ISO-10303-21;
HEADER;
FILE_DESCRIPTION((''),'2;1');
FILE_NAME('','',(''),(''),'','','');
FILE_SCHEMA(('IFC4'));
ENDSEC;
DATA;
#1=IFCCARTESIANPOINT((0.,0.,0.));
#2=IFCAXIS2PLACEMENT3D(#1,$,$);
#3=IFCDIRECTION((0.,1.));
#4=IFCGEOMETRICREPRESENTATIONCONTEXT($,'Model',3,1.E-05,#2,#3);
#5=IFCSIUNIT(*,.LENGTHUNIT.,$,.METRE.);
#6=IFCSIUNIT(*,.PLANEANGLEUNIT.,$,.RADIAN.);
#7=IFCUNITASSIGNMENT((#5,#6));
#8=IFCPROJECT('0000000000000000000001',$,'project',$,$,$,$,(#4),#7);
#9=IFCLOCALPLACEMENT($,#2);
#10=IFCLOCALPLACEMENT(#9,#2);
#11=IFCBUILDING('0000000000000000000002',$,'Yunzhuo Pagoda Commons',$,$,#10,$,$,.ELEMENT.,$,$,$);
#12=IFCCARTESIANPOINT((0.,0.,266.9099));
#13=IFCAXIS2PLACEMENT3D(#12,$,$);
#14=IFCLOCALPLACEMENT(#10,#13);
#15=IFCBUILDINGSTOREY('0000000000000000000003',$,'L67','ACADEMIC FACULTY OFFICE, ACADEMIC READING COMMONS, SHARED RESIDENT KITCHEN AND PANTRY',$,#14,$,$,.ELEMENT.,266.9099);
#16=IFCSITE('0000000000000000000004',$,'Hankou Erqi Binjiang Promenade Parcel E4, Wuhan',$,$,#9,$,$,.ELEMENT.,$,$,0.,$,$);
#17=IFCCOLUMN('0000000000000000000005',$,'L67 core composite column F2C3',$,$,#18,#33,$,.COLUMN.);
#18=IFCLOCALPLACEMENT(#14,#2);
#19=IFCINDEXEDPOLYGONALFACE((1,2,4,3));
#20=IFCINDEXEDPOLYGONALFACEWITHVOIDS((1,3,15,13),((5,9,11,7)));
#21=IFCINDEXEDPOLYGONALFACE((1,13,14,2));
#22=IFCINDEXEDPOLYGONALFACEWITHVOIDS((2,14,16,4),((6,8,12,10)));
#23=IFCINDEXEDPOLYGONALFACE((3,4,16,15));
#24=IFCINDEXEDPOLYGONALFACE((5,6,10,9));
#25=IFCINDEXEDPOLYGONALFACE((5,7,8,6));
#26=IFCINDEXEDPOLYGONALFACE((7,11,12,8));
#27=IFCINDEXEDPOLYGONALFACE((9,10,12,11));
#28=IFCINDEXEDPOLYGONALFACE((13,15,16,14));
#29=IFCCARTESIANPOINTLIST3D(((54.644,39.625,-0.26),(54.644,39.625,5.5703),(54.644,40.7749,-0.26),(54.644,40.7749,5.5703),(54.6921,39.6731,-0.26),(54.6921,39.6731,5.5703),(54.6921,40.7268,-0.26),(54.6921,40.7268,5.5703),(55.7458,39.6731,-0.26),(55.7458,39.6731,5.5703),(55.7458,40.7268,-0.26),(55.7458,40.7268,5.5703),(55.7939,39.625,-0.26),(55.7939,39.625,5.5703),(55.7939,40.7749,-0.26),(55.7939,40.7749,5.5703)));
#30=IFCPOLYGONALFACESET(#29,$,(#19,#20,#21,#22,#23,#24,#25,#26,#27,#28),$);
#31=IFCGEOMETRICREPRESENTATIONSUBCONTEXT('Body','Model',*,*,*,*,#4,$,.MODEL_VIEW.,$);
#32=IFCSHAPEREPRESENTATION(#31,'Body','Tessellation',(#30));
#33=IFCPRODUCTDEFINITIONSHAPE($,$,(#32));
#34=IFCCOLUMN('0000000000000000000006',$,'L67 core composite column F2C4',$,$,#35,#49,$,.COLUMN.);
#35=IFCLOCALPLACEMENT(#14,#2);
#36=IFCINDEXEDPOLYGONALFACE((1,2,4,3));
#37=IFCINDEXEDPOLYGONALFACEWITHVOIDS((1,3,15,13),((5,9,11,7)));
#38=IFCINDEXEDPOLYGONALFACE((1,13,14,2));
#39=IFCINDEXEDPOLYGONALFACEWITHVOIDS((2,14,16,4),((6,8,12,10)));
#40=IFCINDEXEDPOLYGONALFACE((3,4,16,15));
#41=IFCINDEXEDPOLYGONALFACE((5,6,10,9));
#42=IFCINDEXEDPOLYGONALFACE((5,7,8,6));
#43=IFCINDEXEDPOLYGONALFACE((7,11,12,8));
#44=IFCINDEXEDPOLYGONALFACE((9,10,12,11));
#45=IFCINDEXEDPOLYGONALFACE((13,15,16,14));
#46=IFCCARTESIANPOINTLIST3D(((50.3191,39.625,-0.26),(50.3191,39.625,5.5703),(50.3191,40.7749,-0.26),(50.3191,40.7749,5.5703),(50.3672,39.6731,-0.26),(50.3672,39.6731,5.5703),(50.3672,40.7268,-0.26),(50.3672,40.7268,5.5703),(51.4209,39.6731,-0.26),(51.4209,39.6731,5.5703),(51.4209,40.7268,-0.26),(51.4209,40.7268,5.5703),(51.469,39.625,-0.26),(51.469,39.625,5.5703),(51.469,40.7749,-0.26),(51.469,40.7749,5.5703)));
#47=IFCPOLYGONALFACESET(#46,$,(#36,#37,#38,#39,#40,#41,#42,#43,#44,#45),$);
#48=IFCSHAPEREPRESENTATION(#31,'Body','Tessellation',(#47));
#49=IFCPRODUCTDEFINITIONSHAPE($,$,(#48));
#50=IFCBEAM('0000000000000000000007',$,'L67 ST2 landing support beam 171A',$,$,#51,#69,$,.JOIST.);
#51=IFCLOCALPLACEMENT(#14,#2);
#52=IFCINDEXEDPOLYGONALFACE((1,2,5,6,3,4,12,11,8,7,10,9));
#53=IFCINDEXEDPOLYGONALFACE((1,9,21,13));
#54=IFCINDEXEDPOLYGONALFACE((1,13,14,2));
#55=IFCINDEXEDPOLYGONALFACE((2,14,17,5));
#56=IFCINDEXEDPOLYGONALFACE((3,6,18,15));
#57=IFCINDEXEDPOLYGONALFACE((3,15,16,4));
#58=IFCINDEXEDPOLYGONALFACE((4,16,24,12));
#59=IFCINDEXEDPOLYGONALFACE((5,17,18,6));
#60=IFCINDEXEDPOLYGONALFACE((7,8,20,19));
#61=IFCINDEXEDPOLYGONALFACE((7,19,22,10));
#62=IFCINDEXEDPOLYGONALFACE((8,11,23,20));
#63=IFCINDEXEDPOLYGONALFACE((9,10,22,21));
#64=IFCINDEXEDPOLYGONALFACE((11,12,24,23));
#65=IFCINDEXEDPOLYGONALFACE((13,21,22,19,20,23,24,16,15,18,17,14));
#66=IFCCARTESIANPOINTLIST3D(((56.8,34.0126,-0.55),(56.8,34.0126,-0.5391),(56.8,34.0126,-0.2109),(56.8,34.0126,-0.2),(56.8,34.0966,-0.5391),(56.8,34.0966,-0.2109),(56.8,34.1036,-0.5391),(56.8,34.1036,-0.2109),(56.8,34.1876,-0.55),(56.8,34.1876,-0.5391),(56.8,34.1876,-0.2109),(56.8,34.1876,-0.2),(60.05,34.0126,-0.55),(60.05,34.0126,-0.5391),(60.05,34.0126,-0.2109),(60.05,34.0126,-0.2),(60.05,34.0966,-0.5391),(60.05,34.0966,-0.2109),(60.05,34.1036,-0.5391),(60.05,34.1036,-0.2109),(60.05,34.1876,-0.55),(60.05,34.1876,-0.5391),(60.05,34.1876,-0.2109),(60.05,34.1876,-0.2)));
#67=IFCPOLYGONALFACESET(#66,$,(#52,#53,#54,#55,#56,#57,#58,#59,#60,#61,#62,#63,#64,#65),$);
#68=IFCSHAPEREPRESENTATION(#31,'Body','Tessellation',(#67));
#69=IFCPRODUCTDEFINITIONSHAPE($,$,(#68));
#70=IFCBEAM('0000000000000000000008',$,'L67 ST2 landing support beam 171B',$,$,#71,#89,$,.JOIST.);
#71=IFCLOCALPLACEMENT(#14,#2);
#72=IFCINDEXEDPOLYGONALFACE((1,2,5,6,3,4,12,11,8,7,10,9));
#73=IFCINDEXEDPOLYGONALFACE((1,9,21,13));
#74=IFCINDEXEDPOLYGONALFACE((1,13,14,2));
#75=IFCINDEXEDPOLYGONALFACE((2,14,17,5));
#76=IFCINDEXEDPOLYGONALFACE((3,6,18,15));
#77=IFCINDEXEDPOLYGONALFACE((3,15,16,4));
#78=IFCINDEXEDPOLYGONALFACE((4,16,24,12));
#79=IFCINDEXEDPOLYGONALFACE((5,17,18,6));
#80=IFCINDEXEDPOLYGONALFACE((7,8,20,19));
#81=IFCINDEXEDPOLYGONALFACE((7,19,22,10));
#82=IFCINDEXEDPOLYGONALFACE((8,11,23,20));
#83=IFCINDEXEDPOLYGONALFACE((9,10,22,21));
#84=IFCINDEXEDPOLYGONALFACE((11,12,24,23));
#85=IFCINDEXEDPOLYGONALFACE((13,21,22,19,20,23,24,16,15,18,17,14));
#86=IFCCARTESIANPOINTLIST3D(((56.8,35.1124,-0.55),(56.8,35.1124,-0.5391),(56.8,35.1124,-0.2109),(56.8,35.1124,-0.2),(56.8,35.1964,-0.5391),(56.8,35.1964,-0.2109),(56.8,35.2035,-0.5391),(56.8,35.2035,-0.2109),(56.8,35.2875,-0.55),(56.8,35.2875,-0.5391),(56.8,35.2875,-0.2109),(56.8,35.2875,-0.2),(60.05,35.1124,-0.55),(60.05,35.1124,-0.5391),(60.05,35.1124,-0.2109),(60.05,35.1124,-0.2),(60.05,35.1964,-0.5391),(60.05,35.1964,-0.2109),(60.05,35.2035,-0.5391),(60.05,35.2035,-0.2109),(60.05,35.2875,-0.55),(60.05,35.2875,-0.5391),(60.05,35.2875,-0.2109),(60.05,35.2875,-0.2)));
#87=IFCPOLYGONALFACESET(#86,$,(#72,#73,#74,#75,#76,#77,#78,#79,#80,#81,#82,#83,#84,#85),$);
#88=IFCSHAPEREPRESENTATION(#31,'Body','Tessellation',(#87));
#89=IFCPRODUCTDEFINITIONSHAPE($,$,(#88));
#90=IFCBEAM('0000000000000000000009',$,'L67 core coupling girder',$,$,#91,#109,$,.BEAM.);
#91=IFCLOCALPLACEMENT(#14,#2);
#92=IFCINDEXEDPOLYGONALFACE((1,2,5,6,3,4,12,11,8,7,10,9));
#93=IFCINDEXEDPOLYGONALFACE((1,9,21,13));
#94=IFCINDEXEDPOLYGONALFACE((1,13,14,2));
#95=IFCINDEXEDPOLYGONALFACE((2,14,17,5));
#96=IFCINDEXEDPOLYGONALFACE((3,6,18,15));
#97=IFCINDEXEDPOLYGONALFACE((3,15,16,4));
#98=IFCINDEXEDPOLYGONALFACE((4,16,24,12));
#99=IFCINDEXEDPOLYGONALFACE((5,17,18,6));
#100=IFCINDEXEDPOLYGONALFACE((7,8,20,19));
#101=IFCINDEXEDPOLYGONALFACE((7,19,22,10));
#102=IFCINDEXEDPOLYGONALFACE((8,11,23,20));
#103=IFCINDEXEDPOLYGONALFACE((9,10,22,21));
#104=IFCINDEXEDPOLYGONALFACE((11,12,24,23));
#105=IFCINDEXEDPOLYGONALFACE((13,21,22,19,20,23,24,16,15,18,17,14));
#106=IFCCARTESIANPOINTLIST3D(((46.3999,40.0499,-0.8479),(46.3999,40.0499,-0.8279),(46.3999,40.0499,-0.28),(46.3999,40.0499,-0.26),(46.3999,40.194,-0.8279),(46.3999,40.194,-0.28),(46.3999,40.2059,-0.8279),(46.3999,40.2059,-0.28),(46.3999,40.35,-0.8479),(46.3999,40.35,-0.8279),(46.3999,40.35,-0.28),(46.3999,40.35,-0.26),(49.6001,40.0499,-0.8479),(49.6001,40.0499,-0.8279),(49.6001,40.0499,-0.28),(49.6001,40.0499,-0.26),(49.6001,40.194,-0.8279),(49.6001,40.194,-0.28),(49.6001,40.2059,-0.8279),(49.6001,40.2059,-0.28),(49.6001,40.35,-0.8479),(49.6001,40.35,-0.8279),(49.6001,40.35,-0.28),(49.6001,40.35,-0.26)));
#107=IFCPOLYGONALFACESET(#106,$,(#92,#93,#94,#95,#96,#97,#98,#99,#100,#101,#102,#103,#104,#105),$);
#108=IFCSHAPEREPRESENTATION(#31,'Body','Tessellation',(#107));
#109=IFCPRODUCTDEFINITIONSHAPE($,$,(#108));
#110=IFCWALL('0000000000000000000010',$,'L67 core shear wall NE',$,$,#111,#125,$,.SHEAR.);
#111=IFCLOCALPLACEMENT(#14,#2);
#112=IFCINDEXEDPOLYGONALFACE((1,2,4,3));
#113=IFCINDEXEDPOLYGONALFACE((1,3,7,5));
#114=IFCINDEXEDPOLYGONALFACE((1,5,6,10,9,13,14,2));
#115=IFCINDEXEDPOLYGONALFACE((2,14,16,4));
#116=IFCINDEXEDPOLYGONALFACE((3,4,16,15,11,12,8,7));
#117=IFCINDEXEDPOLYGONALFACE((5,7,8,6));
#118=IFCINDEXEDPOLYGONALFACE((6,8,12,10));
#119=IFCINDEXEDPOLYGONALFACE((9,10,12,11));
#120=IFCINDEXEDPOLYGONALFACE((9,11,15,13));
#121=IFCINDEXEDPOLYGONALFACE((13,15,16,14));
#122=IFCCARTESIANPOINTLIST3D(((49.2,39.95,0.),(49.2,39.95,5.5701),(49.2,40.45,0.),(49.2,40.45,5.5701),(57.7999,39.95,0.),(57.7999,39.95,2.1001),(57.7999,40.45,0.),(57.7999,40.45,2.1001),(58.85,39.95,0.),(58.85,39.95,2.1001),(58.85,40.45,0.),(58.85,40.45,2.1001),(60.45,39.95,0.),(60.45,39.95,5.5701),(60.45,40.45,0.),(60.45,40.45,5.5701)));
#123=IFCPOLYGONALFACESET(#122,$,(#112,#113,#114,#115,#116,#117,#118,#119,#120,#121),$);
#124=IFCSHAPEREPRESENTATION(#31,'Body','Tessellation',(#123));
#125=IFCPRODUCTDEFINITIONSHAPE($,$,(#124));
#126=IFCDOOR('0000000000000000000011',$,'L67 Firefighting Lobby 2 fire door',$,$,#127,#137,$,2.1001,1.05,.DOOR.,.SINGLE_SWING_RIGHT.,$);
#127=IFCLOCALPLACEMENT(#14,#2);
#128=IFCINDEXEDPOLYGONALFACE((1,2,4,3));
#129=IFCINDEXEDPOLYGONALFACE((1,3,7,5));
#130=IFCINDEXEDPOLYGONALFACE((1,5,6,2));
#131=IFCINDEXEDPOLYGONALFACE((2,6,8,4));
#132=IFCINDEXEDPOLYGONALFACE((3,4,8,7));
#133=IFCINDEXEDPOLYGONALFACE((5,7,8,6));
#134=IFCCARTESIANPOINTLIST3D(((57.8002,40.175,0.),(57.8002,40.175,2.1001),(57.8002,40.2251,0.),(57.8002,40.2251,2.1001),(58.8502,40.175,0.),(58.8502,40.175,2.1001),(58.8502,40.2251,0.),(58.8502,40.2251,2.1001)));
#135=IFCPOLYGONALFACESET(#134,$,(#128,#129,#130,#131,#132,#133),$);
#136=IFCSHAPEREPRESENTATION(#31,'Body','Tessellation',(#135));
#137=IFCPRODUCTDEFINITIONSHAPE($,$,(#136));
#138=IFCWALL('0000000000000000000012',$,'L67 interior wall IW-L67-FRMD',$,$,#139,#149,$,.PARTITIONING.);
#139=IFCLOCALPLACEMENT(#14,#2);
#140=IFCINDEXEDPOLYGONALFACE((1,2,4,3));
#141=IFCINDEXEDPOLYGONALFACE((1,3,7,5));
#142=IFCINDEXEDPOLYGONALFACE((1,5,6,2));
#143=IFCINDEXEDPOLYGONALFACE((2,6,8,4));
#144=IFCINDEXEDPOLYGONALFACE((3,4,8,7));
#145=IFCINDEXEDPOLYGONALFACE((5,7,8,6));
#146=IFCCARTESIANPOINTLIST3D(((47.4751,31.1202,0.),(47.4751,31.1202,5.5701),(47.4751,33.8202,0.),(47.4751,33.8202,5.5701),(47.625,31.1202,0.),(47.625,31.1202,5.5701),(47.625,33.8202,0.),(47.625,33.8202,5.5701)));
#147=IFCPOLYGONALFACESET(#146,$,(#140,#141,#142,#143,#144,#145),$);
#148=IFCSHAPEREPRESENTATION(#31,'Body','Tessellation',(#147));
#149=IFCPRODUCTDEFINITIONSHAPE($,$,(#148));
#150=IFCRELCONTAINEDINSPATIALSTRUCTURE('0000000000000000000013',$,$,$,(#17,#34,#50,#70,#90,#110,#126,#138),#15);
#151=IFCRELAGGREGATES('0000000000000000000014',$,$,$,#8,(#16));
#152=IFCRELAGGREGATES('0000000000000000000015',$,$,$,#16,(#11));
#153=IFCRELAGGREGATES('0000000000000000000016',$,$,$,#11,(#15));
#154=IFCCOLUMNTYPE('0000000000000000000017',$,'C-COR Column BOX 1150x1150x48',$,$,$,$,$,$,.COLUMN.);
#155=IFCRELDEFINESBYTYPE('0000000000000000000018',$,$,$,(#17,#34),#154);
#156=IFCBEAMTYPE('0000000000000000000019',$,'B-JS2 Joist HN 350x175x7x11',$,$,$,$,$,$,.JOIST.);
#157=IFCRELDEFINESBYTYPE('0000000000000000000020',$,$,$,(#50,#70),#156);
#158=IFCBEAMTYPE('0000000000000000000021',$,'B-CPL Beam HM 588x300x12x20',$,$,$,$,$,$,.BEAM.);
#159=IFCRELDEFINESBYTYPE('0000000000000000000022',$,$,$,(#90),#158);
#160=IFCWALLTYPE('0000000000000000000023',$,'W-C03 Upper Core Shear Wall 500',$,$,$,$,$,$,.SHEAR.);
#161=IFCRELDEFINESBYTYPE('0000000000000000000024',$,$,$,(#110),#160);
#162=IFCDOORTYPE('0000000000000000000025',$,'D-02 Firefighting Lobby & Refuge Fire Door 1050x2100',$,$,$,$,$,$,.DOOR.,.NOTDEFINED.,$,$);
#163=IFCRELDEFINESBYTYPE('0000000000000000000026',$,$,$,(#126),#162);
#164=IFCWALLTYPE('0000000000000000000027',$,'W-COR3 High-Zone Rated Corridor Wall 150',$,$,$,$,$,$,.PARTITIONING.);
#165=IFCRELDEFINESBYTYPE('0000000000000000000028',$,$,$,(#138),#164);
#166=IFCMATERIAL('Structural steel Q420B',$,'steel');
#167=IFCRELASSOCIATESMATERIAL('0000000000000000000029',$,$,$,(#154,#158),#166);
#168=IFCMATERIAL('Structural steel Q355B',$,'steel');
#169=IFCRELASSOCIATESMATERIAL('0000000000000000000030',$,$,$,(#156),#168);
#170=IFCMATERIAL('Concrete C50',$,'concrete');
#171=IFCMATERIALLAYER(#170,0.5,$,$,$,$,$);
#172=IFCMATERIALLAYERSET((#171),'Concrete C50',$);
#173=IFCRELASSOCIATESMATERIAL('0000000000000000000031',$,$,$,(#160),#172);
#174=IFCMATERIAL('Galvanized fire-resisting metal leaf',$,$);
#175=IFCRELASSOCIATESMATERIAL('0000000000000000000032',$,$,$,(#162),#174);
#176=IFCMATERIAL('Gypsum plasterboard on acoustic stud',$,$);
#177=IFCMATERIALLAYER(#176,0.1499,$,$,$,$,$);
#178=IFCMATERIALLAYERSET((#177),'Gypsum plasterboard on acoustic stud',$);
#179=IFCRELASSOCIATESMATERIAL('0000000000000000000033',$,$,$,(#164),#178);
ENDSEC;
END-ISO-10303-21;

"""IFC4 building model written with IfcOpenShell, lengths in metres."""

from ifc_helpers import new_model, si_unit, direction, frame, frame_2d, origin, origin_2d, place, context, subcontext, project, spatial, rectangle, hollow_rectangle, i_section, extrude, source, transform, mapped, material, layer, layer_set, material_profile, profile_set, type_object, element, fill, save


model = new_model("IFC4")

# Units and contexts
model_context = context("Model", 3, precision=1e-05, world=origin(), true_north=direction((0.0, 1.0)))
body_context = subcontext(model_context, "Body", "Model", "MODEL_VIEW")
ifc_project = project(units=[si_unit("LENGTHUNIT", "METRE"), si_unit("PLANEANGLEUNIT", "RADIAN")], contexts=[model_context])

# Site, building, storey
site_placement = place(None, origin())
site = spatial("IfcSite", under=ifc_project, at=site_placement, Name="Hankou Erqi Binjiang Promenade Parcel E4, Wuhan", CompositionType="ELEMENT", RefElevation=0.0)
building_placement = place(site_placement, origin())
building = spatial("IfcBuilding", under=site, at=building_placement, Name="Yunzhuo Pagoda Commons", CompositionType="ELEMENT")
storey_placement = place(building_placement, frame((0.0, 0.0, 266.9099)))
storey = spatial("IfcBuildingStorey", under=building, at=storey_placement, Name="L67", Description="ACADEMIC FACULTY OFFICE, ACADEMIC READING COMMONS, SHARED RESIDENT KITCHEN AND PANTRY", CompositionType="ELEMENT", Elevation=266.9099)

# Columns
ifc_material_1 = material(Name="Structural steel Q420B", Category="steel")
ifc_material_profile_1 = material_profile(ifc_material_1, hollow_rectangle(XDim=1.1499, YDim=1.1499, WallThickness=0.0481, at=origin_2d()), Name="Structural steel Q420B")
ifc_profile_set_1 = profile_set([ifc_material_profile_1], Name="Structural steel Q420B")
column_type = type_object("IfcColumnType", Name="C-COR Column BOX 1150x1150x48", PredefinedType="COLUMN", material=ifc_profile_set_1)
shared_shape_1 = source(origin(), body_context, "Body", "SweptSolid", [
    extrude(hollow_rectangle(XDim=1.1499, YDim=1.1499, WallThickness=0.0481, at=origin_2d()), origin(), (0.0, 0.0, 1.0), 5.8303),
])
for number, where, z_axis, x_axis, name in (
    (1, (55.219, 40.2, -0.26), (0.0, 0.0, 1.0), (1.0, 0.0, 0.0), "L67 core composite column F2C3"),
    (2, (50.894, 40.2, -0.26), (0.0, 0.0, 1.0), (1.0, 0.0, 0.0), "L67 core composite column F2C4"),
):
    element("IfcColumn", number, at=place(storey_placement, frame(where, z_axis=z_axis, x_axis=x_axis)), inside=storey, type_object=column_type, Name=name, PredefinedType="COLUMN", context=body_context, shape_type="MappedRepresentation", body=[
        mapped(shared_shape_1, transform((0.0, 0.0, 0.0), scale=1.0)),
    ])

# Beams
ifc_material_2 = material(Name="Structural steel Q355B", Category="steel")
ifc_material_profile_2 = material_profile(ifc_material_2, i_section(OverallWidth=0.175, OverallDepth=0.3501, WebThickness=0.0071, FlangeThickness=0.011, at=origin_2d()), Name="Structural steel Q355B")
ifc_profile_set_2 = profile_set([ifc_material_profile_2], Name="Structural steel Q355B")
beam_type_1 = type_object("IfcBeamType", Name="B-JS2 Joist HN 350x175x7x11", PredefinedType="JOIST", material=ifc_profile_set_2)
shared_shape_2 = source(origin(), body_context, "Body", "SweptSolid", [
    extrude(i_section(OverallWidth=0.175, OverallDepth=0.3501, WebThickness=0.0071, FlangeThickness=0.011, at=origin_2d()), origin(), (0.0, 0.0, 1.0), 3.25),
])
for number, where, z_axis, x_axis, name in (
    (3, (56.8, 34.1001, -0.375), (1.0, 0.0, 0.0), (0.0, 1.0, 0.0), "L67 ST2 landing support beam 171A"),
    (4, (56.8, 35.2, -0.375), (1.0, 0.0, 0.0), (0.0, 1.0, 0.0), "L67 ST2 landing support beam 171B"),
):
    element("IfcBeam", number, at=place(storey_placement, frame(where, z_axis=z_axis, x_axis=x_axis)), inside=storey, type_object=beam_type_1, Name=name, PredefinedType="JOIST", context=body_context, shape_type="MappedRepresentation", body=[
        mapped(shared_shape_2, transform((0.0, 0.0, 0.0), scale=1.0)),
    ])
ifc_material_profile_3 = material_profile(ifc_material_1, i_section(OverallWidth=0.3, OverallDepth=0.5879, WebThickness=0.012, FlangeThickness=0.02, at=origin_2d()), Name="Structural steel Q420B")
ifc_profile_set_3 = profile_set([ifc_material_profile_3], Name="Structural steel Q420B")
beam_type_2 = type_object("IfcBeamType", Name="B-CPL Beam HM 588x300x12x20", PredefinedType="BEAM", material=ifc_profile_set_3)
shared_shape_3 = source(origin(), body_context, "Body", "SweptSolid", [
    extrude(i_section(OverallWidth=0.3, OverallDepth=0.5879, WebThickness=0.012, FlangeThickness=0.02, at=origin_2d()), origin(), (0.0, 0.0, 1.0), 3.2002),
])
beam_placement = place(storey_placement, frame((46.3999, 40.2, -0.554), z_axis=(1.0, 0.0, 0.0), x_axis=(0.0, 1.0, 0.0)))
element("IfcBeam", 5, at=beam_placement, inside=storey, type_object=beam_type_2, Name="L67 core coupling girder", PredefinedType="BEAM", context=body_context, shape_type="MappedRepresentation", body=[
    mapped(shared_shape_3, transform((0.0, 0.0, 0.0), scale=1.0)),
])

# Wall, opening, door
ifc_material_3 = material(Name="Concrete C50", Category="concrete")
ifc_layer_1 = layer(ifc_material_3, 0.5)
ifc_layer_set_1 = layer_set([ifc_layer_1], Name="Concrete C50")
wall_type_1 = type_object("IfcWallType", Name="W-C03 Upper Core Shear Wall 500", PredefinedType="SHEAR", material=ifc_layer_set_1)
wall_1_placement = place(storey_placement, frame((49.2, 40.2, 0.0), z_axis=(0.0, 0.0, 1.0), x_axis=(1.0, 0.0, 0.0)))
wall_1 = element("IfcWall", 6, at=wall_1_placement, inside=storey, type_object=wall_type_1, Name="L67 core shear wall NE", PredefinedType="SHEAR", context=body_context, shape_type="SweptSolid", body=[
    extrude(rectangle(XDim=11.25, YDim=0.5, at=frame_2d((5.625, 0.0))), origin(), (0.0, 0.0, 1.0), 5.5701),
])
opening_1_placement = place(wall_1_placement, frame((8.6001, 0.0, 0.0)))
opening_1 = element("IfcOpeningElement", 7, at=opening_1_placement, cuts=wall_1, PredefinedType="OPENING", context=body_context, shape_type="SweptSolid", body=[
    extrude(rectangle(XDim=1.05, YDim=2.1001, at=frame_2d((0.5249, 1.05))), frame((0.0, 0.26, 0.0), z_axis=(0.0, -1.0, 0.0), x_axis=(1.0, 0.0, 0.0)), (0.0, 0.0, 1.0), 0.52),
])
ifc_material_4 = material(Name="Galvanized fire-resisting metal leaf")
door_type_1 = type_object("IfcDoorType", Name="D-02 Firefighting Lobby & Refuge Fire Door 1050x2100", OperationType="NOTDEFINED", PredefinedType="DOOR", material=ifc_material_4)
shared_shape_4 = source(origin(), body_context, "Body", "SweptSolid", [
    extrude(rectangle(XDim=1.05, YDim=2.1001, at=frame_2d((0.5249, 1.05))), frame((0.0, 0.0249, 0.0), z_axis=(0.0, -1.0, 0.0), x_axis=(1.0, 0.0, 0.0)), (0.0, 0.0, 1.0), 0.05),
])
door_1_placement = place(opening_1_placement, frame((1.05, 0.0, 0.0), z_axis=(0.0, 0.0, 1.0), x_axis=(-1.0, 0.0, 0.0)))
door_1 = element("IfcDoor", 8, at=door_1_placement, inside=storey, type_object=door_type_1, Name="L67 Firefighting Lobby 2 fire door", OperationType="SINGLE_SWING_RIGHT", OverallHeight=2.1001, OverallWidth=1.05, PredefinedType="DOOR", context=body_context, shape_type="MappedRepresentation", body=[
    mapped(shared_shape_4, transform((0.0, 0.0, 0.0), scale=1.0)),
])
fill(opening_1, door_1)

# Wall
ifc_material_5 = material(Name="Gypsum plasterboard on acoustic stud")
ifc_layer_2 = layer(ifc_material_5, 0.1499)
ifc_layer_set_2 = layer_set([ifc_layer_2], Name="Gypsum plasterboard on acoustic stud")
wall_type_2 = type_object("IfcWallType", Name="W-COR3 High-Zone Rated Corridor Wall 150", PredefinedType="PARTITIONING", material=ifc_layer_set_2)
wall_2_placement = place(storey_placement, frame((47.55, 31.1201, 0.0), z_axis=(0.0, 0.0, 1.0), x_axis=(0.0, 1.0, 0.0)))
element("IfcWall", 9, at=wall_2_placement, inside=storey, type_object=wall_type_2, Name="L67 interior wall IW-L67-FRMD", PredefinedType="PARTITIONING", context=body_context, shape_type="SweptSolid", body=[
    extrude(rectangle(XDim=2.7, YDim=0.1499, at=frame_2d((1.3501, 0.0))), origin(), (0.0, 0.0, 1.0), 5.5701),
])

save(model, "model.ifc")
